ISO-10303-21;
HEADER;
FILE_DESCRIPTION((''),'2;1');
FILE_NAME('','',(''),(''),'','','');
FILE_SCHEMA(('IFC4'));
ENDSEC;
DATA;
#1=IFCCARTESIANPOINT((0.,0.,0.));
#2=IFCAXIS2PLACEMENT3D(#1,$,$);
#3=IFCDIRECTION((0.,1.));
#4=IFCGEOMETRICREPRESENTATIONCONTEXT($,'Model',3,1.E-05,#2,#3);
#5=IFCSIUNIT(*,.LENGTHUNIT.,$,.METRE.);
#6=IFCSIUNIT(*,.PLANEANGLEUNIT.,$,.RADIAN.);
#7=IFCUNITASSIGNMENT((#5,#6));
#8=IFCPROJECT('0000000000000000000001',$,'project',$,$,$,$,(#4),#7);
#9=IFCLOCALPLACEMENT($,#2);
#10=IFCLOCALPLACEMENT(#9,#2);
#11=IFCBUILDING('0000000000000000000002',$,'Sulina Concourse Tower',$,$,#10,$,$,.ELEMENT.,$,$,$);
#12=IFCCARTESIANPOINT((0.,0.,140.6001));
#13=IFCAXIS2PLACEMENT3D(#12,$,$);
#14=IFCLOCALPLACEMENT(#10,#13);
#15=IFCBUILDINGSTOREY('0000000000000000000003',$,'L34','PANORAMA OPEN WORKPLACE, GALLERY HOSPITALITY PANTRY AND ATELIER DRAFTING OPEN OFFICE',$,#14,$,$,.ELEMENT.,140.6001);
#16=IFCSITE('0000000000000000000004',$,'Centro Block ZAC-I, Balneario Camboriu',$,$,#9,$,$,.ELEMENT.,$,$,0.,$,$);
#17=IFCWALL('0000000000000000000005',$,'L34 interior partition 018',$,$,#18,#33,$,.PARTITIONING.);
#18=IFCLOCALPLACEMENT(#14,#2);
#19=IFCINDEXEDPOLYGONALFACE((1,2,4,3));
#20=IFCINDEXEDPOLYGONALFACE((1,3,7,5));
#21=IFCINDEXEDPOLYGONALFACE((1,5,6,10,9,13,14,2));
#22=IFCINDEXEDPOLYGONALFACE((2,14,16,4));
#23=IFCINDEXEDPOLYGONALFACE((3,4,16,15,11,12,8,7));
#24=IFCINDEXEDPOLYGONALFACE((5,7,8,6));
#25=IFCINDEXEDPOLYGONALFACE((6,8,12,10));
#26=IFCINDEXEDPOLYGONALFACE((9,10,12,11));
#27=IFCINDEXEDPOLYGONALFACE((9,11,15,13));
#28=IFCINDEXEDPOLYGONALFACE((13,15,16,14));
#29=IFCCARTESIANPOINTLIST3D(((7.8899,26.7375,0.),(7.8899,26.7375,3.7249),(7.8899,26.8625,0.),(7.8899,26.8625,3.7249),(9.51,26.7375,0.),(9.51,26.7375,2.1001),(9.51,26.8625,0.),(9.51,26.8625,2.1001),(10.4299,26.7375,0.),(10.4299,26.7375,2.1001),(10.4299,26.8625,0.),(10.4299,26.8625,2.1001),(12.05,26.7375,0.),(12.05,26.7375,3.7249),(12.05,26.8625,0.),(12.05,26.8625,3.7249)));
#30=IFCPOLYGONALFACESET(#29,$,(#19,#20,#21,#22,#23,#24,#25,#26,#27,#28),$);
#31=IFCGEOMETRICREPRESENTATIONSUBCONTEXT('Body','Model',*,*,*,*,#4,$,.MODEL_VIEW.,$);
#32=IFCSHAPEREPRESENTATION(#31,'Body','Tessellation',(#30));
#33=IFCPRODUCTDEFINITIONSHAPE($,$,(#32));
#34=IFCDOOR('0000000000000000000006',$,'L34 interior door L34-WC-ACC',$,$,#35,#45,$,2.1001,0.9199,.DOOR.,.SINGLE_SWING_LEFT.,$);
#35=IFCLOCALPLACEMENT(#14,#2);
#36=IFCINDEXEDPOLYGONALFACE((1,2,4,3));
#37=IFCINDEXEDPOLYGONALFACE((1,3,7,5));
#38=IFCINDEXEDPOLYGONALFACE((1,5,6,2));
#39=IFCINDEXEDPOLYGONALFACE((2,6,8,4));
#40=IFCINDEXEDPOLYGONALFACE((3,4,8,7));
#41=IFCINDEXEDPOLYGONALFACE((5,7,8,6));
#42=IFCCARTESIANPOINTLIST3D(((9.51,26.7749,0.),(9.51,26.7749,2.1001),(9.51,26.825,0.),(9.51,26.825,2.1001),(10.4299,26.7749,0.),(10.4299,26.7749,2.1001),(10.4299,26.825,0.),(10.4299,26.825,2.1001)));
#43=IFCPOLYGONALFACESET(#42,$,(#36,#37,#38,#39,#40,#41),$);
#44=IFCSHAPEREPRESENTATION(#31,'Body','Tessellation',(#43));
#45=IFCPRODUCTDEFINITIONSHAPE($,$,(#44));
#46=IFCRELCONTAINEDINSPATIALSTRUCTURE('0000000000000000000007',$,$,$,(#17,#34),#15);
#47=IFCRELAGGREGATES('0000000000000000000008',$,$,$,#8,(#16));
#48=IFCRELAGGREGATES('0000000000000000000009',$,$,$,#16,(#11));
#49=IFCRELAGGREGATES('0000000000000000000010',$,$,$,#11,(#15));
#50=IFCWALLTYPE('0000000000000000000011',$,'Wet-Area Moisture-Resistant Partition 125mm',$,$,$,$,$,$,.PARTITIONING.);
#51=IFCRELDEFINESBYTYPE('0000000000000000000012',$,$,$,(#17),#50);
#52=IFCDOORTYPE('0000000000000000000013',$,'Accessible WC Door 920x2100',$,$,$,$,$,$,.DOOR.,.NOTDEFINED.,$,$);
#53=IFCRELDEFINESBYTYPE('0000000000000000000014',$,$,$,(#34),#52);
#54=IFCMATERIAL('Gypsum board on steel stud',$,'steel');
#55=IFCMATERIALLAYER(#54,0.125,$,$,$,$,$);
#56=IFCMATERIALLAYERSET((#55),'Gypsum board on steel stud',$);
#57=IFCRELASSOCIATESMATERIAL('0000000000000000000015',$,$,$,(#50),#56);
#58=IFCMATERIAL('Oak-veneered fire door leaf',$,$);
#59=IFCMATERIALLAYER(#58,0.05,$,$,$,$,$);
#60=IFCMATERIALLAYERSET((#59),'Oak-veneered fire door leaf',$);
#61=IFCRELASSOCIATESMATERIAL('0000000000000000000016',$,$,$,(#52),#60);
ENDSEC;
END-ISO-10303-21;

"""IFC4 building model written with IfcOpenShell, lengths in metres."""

from ifc_helpers import new_model, si_unit, direction, frame, frame_2d, origin, place, context, subcontext, project, spatial, rectangle, extrude, material, layer, layer_set, type_object, element, fill, save


model = new_model("IFC4")

# Units and contexts
model_context = context("Model", 3, precision=1e-05, world=origin(), true_north=direction((0.0, 1.0)))
body_context = subcontext(model_context, "Body", "Model", "MODEL_VIEW")
ifc_project = project(units=[si_unit("LENGTHUNIT", "METRE"), si_unit("PLANEANGLEUNIT", "RADIAN")], contexts=[model_context])

# Site, building, storey
site_placement = place(None, origin())
site = spatial("IfcSite", under=ifc_project, at=site_placement, Name="Centro Block ZAC-I, Balneario Camboriu", CompositionType="ELEMENT", RefElevation=0.0)
building_placement = place(site_placement, origin())
building = spatial("IfcBuilding", under=site, at=building_placement, Name="Sulina Concourse Tower", CompositionType="ELEMENT")
storey_placement = place(building_placement, frame((0.0, 0.0, 140.6001)))
storey = spatial("IfcBuildingStorey", under=building, at=storey_placement, Name="L34", Description="PANORAMA OPEN WORKPLACE, GALLERY HOSPITALITY PANTRY AND ATELIER DRAFTING OPEN OFFICE", CompositionType="ELEMENT", Elevation=140.6001)

# Wall, opening, door
ifc_material_1 = material(Name="Gypsum board on steel stud", Category="steel")
ifc_layer_1 = layer(ifc_material_1, 0.125)
ifc_layer_set_1 = layer_set([ifc_layer_1], Name="Gypsum board on steel stud")
wall_type_1 = type_object("IfcWallType", Name="Wet-Area Moisture-Resistant Partition 125mm", PredefinedType="PARTITIONING", material=ifc_layer_set_1)
wall_1_placement = place(storey_placement, frame((7.8899, 26.8, 0.0), z_axis=(0.0, 0.0, 1.0), x_axis=(1.0, 0.0, 0.0)))
wall_1 = element("IfcWall", 1, at=wall_1_placement, inside=storey, type_object=wall_type_1, Name="L34 interior partition 018", PredefinedType="PARTITIONING", context=body_context, shape_type="SweptSolid", body=[
    extrude(rectangle(XDim=4.1602, YDim=0.125, at=frame_2d((2.0801, 0.0))), origin(), (0.0, 0.0, 1.0), 3.7249),
])
opening_1_placement = place(wall_1_placement, frame((1.6201, 0.0, 0.0)))
opening_1 = element("IfcOpeningElement", 2, at=opening_1_placement, cuts=wall_1, PredefinedType="OPENING", context=body_context, shape_type="SweptSolid", body=[
    extrude(rectangle(XDim=0.9199, YDim=2.1001, at=frame_2d((0.46, 1.05))), frame((0.0, 0.0725, 0.0), z_axis=(0.0, -1.0, 0.0), x_axis=(1.0, 0.0, 0.0)), (0.0, 0.0, 1.0), 0.145),
])
ifc_material_2 = material(Name="Oak-veneered fire door leaf")
ifc_layer_2 = layer(ifc_material_2, 0.05)
ifc_layer_set_2 = layer_set([ifc_layer_2], Name="Oak-veneered fire door leaf")
door_type_1 = type_object("IfcDoorType", Name="Accessible WC Door 920x2100", OperationType="NOTDEFINED", PredefinedType="DOOR", material=ifc_layer_set_2)
door_1_placement = place(opening_1_placement, origin())
door_1 = element("IfcDoor", 3, at=door_1_placement, inside=storey, type_object=door_type_1, Name="L34 interior door L34-WC-ACC", OperationType="SINGLE_SWING_LEFT", OverallHeight=2.1001, OverallWidth=0.9199, PredefinedType="DOOR", context=body_context, shape_type="SweptSolid", body=[
    extrude(rectangle(XDim=0.9199, YDim=2.1001, at=frame_2d((0.46, 1.05))), frame((0.0, 0.0249, 0.0), z_axis=(0.0, -1.0, 0.0), x_axis=(1.0, 0.0, 0.0)), (0.0, 0.0, 1.0), 0.05),
])
fill(opening_1, door_1)

save(model, "model.ifc")
